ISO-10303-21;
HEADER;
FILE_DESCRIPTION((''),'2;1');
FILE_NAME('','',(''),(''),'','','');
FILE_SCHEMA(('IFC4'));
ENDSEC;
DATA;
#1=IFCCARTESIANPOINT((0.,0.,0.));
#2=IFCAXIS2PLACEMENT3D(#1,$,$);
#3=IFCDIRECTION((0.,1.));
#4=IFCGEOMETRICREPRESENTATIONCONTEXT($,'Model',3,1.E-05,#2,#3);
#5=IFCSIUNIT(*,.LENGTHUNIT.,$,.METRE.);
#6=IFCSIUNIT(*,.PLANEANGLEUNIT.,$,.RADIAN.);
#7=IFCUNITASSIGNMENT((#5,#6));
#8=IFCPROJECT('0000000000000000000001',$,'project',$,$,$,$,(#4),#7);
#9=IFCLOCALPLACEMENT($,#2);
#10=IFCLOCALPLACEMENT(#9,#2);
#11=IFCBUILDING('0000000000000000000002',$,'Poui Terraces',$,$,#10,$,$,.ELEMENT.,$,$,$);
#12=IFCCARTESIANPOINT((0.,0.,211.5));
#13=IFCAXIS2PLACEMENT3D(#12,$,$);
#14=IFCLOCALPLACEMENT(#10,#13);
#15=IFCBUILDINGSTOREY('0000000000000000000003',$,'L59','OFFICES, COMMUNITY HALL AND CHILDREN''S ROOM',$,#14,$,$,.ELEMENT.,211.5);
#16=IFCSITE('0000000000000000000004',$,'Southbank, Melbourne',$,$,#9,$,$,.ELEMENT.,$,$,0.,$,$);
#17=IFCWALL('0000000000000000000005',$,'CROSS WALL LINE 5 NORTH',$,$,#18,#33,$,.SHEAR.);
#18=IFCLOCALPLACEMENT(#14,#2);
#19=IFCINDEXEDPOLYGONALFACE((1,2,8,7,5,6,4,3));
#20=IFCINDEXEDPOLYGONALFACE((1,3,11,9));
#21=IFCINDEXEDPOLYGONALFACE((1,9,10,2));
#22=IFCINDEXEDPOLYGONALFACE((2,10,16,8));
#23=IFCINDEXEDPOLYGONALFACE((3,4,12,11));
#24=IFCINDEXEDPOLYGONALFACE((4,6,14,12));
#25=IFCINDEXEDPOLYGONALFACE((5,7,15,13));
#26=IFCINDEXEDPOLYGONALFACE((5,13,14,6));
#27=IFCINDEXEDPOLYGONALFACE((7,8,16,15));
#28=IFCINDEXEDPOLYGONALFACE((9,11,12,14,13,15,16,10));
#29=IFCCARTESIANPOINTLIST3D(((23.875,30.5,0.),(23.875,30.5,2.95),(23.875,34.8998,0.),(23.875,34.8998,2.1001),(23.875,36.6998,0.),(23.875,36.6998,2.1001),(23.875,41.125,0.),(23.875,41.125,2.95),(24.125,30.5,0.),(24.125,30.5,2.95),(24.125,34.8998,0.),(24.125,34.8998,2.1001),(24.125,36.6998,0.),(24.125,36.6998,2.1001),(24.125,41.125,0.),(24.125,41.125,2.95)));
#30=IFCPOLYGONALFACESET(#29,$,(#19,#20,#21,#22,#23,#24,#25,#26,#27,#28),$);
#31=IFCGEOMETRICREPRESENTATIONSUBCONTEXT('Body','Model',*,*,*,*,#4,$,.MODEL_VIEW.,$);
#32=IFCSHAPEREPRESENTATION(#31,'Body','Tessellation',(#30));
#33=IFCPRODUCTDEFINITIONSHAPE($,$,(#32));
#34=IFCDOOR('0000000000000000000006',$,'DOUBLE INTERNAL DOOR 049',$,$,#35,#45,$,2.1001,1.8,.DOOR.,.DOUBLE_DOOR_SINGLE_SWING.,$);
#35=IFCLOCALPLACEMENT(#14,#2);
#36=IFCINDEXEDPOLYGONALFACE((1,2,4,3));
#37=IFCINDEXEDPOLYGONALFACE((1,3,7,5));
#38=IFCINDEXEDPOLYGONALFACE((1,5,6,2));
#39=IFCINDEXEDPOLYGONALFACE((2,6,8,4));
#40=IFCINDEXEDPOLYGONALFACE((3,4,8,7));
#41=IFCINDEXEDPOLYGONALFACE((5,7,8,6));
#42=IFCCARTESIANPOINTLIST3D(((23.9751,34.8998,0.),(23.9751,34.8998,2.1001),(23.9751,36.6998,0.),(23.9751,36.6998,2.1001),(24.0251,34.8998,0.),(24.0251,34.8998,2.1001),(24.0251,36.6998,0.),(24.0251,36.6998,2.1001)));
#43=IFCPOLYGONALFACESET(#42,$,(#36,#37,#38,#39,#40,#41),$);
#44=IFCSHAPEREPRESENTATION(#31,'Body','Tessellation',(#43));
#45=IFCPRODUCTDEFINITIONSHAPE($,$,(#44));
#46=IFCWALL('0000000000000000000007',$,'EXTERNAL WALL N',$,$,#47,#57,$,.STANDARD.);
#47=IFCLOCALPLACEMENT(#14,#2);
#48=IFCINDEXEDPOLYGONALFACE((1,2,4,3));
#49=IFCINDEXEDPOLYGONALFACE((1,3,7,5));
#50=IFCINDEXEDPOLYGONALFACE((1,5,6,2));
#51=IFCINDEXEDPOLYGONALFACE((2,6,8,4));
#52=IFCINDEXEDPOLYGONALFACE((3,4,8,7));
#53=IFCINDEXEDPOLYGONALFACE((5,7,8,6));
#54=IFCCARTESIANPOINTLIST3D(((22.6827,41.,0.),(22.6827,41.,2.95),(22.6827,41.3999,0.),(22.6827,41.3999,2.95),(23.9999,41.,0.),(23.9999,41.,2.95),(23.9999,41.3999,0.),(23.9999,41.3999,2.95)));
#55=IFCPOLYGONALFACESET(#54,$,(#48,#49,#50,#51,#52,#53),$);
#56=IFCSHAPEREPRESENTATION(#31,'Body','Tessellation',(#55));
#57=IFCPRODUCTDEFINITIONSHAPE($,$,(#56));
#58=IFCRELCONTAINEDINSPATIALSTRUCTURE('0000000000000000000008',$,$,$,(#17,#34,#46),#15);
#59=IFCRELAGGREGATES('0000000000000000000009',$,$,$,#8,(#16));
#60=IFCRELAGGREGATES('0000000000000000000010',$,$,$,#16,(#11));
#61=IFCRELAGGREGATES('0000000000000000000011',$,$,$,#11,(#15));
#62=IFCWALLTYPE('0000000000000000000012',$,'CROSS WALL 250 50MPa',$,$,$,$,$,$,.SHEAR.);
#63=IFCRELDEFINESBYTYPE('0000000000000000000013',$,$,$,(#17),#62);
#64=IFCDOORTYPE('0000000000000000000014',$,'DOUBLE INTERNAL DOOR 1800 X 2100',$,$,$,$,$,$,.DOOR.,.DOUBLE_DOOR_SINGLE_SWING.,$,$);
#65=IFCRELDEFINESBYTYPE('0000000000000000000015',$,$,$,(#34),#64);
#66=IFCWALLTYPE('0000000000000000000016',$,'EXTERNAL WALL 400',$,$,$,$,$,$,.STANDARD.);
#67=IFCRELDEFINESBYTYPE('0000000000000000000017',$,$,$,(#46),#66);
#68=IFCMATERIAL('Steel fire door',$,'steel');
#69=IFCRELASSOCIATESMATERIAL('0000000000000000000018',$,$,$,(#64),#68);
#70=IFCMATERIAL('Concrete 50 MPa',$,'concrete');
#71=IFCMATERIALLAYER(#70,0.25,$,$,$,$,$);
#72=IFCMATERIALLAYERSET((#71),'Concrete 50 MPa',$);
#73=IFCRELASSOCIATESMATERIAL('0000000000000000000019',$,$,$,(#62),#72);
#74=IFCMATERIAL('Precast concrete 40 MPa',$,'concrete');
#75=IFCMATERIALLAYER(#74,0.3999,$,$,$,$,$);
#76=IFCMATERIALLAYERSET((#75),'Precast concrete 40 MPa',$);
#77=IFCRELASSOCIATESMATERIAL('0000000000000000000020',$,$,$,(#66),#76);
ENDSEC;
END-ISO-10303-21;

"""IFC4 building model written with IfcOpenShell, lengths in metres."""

from ifc_helpers import new_model, si_unit, direction, frame, frame_2d, origin, place, context, subcontext, project, spatial, rectangle, extrude, material, layer, layer_set, type_object, element, fill, save


model = new_model("IFC4")

# Units and contexts
model_context = context("Model", 3, precision=1e-05, world=origin(), true_north=direction((0.0, 1.0)))
body_context = subcontext(model_context, "Body", "Model", "MODEL_VIEW")
ifc_project = project(units=[si_unit("LENGTHUNIT", "METRE"), si_unit("PLANEANGLEUNIT", "RADIAN")], contexts=[model_context])

# Site, building, storey
site_placement = place(None, origin())
site = spatial("IfcSite", under=ifc_project, at=site_placement, Name="Southbank, Melbourne", CompositionType="ELEMENT", RefElevation=0.0)
building_placement = place(site_placement, origin())
building = spatial("IfcBuilding", under=site, at=building_placement, Name="Poui Terraces", CompositionType="ELEMENT")
storey_placement = place(building_placement, frame((0.0, 0.0, 211.5)))
storey = spatial("IfcBuildingStorey", under=building, at=storey_placement, Name="L59", Description="OFFICES, COMMUNITY HALL AND CHILDREN'S ROOM", CompositionType="ELEMENT", Elevation=211.5)

# Shared definitions
ifc_material_1 = material(Name="Concrete 50 MPa", Category="concrete")

# Wall, opening, door
ifc_material_2 = material(Name="Steel fire door", Category="steel")
door_type = type_object("IfcDoorType", Name="DOUBLE INTERNAL DOOR 1800 X 2100", OperationType="DOUBLE_DOOR_SINGLE_SWING", PredefinedType="DOOR", material=ifc_material_2)
ifc_layer_1 = layer(ifc_material_1, 0.25)
ifc_layer_set_1 = layer_set([ifc_layer_1], Name="Concrete 50 MPa")
wall_type_1 = type_object("IfcWallType", Name="CROSS WALL 250 50MPa", PredefinedType="SHEAR", material=ifc_layer_set_1)
wall_1_placement = place(storey_placement, frame((24.0, 30.5, 0.0), z_axis=(0.0, 0.0, 1.0), x_axis=(0.0, 1.0, 0.0)))
wall_1 = element("IfcWall", 1, at=wall_1_placement, inside=storey, type_object=wall_type_1, Name="CROSS WALL LINE 5 NORTH", PredefinedType="SHEAR", context=body_context, shape_type="SweptSolid", body=[
    extrude(rectangle(XDim=10.625, YDim=0.25, at=frame_2d((5.3125, 0.0))), origin(), (0.0, 0.0, 1.0), 2.95),
])
opening_1_placement = place(wall_1_placement, frame((4.3999, 0.0, 0.0)))
opening_1 = element("IfcOpeningElement", 2, at=opening_1_placement, cuts=wall_1, PredefinedType="OPENING", context=body_context, shape_type="SweptSolid", body=[
    extrude(rectangle(XDim=1.8, YDim=2.1001, at=frame_2d((0.8999, 1.05))), frame((0.0, 0.135, 0.0), z_axis=(0.0, -1.0, 0.0), x_axis=(1.0, 0.0, 0.0)), (0.0, 0.0, 1.0), 0.27),
])
door_1_placement = place(opening_1_placement, origin())
door_1 = element("IfcDoor", 3, at=door_1_placement, inside=storey, type_object=door_type, Name="DOUBLE INTERNAL DOOR 049", OperationType="DOUBLE_DOOR_SINGLE_SWING", OverallHeight=2.1001, OverallWidth=1.8, PredefinedType="DOOR", context=body_context, shape_type="SweptSolid", body=[
    extrude(rectangle(XDim=1.8, YDim=2.1001, at=frame_2d((0.8999, 1.05))), frame((0.0, 0.0249, 0.0), z_axis=(0.0, -1.0, 0.0), x_axis=(1.0, 0.0, 0.0)), (0.0, 0.0, 1.0), 0.05),
])
fill(opening_1, door_1)

# Wall
ifc_material_3 = material(Name="Precast concrete 40 MPa", Category="concrete")
ifc_layer_2 = layer(ifc_material_3, 0.3999)
ifc_layer_set_2 = layer_set([ifc_layer_2], Name="Precast concrete 40 MPa")
wall_type_2 = type_object("IfcWallType", Name="EXTERNAL WALL 400", PredefinedType="STANDARD", material=ifc_layer_set_2)
wall_2_placement = place(storey_placement, frame((24.0, 41.2, 0.0), z_axis=(0.0, 0.0, 1.0), x_axis=(-1.0, 0.0, 0.0)))
element("IfcWall", 4, at=wall_2_placement, inside=storey, type_object=wall_type_2, Name="EXTERNAL WALL N", PredefinedType="STANDARD", context=body_context, shape_type="SweptSolid", body=[
    extrude(rectangle(XDim=1.3171, YDim=0.3999, at=frame_2d((0.6587, 0.0))), origin(), (0.0, 0.0, 1.0), 2.95),
])

save(model, "model.ifc")
